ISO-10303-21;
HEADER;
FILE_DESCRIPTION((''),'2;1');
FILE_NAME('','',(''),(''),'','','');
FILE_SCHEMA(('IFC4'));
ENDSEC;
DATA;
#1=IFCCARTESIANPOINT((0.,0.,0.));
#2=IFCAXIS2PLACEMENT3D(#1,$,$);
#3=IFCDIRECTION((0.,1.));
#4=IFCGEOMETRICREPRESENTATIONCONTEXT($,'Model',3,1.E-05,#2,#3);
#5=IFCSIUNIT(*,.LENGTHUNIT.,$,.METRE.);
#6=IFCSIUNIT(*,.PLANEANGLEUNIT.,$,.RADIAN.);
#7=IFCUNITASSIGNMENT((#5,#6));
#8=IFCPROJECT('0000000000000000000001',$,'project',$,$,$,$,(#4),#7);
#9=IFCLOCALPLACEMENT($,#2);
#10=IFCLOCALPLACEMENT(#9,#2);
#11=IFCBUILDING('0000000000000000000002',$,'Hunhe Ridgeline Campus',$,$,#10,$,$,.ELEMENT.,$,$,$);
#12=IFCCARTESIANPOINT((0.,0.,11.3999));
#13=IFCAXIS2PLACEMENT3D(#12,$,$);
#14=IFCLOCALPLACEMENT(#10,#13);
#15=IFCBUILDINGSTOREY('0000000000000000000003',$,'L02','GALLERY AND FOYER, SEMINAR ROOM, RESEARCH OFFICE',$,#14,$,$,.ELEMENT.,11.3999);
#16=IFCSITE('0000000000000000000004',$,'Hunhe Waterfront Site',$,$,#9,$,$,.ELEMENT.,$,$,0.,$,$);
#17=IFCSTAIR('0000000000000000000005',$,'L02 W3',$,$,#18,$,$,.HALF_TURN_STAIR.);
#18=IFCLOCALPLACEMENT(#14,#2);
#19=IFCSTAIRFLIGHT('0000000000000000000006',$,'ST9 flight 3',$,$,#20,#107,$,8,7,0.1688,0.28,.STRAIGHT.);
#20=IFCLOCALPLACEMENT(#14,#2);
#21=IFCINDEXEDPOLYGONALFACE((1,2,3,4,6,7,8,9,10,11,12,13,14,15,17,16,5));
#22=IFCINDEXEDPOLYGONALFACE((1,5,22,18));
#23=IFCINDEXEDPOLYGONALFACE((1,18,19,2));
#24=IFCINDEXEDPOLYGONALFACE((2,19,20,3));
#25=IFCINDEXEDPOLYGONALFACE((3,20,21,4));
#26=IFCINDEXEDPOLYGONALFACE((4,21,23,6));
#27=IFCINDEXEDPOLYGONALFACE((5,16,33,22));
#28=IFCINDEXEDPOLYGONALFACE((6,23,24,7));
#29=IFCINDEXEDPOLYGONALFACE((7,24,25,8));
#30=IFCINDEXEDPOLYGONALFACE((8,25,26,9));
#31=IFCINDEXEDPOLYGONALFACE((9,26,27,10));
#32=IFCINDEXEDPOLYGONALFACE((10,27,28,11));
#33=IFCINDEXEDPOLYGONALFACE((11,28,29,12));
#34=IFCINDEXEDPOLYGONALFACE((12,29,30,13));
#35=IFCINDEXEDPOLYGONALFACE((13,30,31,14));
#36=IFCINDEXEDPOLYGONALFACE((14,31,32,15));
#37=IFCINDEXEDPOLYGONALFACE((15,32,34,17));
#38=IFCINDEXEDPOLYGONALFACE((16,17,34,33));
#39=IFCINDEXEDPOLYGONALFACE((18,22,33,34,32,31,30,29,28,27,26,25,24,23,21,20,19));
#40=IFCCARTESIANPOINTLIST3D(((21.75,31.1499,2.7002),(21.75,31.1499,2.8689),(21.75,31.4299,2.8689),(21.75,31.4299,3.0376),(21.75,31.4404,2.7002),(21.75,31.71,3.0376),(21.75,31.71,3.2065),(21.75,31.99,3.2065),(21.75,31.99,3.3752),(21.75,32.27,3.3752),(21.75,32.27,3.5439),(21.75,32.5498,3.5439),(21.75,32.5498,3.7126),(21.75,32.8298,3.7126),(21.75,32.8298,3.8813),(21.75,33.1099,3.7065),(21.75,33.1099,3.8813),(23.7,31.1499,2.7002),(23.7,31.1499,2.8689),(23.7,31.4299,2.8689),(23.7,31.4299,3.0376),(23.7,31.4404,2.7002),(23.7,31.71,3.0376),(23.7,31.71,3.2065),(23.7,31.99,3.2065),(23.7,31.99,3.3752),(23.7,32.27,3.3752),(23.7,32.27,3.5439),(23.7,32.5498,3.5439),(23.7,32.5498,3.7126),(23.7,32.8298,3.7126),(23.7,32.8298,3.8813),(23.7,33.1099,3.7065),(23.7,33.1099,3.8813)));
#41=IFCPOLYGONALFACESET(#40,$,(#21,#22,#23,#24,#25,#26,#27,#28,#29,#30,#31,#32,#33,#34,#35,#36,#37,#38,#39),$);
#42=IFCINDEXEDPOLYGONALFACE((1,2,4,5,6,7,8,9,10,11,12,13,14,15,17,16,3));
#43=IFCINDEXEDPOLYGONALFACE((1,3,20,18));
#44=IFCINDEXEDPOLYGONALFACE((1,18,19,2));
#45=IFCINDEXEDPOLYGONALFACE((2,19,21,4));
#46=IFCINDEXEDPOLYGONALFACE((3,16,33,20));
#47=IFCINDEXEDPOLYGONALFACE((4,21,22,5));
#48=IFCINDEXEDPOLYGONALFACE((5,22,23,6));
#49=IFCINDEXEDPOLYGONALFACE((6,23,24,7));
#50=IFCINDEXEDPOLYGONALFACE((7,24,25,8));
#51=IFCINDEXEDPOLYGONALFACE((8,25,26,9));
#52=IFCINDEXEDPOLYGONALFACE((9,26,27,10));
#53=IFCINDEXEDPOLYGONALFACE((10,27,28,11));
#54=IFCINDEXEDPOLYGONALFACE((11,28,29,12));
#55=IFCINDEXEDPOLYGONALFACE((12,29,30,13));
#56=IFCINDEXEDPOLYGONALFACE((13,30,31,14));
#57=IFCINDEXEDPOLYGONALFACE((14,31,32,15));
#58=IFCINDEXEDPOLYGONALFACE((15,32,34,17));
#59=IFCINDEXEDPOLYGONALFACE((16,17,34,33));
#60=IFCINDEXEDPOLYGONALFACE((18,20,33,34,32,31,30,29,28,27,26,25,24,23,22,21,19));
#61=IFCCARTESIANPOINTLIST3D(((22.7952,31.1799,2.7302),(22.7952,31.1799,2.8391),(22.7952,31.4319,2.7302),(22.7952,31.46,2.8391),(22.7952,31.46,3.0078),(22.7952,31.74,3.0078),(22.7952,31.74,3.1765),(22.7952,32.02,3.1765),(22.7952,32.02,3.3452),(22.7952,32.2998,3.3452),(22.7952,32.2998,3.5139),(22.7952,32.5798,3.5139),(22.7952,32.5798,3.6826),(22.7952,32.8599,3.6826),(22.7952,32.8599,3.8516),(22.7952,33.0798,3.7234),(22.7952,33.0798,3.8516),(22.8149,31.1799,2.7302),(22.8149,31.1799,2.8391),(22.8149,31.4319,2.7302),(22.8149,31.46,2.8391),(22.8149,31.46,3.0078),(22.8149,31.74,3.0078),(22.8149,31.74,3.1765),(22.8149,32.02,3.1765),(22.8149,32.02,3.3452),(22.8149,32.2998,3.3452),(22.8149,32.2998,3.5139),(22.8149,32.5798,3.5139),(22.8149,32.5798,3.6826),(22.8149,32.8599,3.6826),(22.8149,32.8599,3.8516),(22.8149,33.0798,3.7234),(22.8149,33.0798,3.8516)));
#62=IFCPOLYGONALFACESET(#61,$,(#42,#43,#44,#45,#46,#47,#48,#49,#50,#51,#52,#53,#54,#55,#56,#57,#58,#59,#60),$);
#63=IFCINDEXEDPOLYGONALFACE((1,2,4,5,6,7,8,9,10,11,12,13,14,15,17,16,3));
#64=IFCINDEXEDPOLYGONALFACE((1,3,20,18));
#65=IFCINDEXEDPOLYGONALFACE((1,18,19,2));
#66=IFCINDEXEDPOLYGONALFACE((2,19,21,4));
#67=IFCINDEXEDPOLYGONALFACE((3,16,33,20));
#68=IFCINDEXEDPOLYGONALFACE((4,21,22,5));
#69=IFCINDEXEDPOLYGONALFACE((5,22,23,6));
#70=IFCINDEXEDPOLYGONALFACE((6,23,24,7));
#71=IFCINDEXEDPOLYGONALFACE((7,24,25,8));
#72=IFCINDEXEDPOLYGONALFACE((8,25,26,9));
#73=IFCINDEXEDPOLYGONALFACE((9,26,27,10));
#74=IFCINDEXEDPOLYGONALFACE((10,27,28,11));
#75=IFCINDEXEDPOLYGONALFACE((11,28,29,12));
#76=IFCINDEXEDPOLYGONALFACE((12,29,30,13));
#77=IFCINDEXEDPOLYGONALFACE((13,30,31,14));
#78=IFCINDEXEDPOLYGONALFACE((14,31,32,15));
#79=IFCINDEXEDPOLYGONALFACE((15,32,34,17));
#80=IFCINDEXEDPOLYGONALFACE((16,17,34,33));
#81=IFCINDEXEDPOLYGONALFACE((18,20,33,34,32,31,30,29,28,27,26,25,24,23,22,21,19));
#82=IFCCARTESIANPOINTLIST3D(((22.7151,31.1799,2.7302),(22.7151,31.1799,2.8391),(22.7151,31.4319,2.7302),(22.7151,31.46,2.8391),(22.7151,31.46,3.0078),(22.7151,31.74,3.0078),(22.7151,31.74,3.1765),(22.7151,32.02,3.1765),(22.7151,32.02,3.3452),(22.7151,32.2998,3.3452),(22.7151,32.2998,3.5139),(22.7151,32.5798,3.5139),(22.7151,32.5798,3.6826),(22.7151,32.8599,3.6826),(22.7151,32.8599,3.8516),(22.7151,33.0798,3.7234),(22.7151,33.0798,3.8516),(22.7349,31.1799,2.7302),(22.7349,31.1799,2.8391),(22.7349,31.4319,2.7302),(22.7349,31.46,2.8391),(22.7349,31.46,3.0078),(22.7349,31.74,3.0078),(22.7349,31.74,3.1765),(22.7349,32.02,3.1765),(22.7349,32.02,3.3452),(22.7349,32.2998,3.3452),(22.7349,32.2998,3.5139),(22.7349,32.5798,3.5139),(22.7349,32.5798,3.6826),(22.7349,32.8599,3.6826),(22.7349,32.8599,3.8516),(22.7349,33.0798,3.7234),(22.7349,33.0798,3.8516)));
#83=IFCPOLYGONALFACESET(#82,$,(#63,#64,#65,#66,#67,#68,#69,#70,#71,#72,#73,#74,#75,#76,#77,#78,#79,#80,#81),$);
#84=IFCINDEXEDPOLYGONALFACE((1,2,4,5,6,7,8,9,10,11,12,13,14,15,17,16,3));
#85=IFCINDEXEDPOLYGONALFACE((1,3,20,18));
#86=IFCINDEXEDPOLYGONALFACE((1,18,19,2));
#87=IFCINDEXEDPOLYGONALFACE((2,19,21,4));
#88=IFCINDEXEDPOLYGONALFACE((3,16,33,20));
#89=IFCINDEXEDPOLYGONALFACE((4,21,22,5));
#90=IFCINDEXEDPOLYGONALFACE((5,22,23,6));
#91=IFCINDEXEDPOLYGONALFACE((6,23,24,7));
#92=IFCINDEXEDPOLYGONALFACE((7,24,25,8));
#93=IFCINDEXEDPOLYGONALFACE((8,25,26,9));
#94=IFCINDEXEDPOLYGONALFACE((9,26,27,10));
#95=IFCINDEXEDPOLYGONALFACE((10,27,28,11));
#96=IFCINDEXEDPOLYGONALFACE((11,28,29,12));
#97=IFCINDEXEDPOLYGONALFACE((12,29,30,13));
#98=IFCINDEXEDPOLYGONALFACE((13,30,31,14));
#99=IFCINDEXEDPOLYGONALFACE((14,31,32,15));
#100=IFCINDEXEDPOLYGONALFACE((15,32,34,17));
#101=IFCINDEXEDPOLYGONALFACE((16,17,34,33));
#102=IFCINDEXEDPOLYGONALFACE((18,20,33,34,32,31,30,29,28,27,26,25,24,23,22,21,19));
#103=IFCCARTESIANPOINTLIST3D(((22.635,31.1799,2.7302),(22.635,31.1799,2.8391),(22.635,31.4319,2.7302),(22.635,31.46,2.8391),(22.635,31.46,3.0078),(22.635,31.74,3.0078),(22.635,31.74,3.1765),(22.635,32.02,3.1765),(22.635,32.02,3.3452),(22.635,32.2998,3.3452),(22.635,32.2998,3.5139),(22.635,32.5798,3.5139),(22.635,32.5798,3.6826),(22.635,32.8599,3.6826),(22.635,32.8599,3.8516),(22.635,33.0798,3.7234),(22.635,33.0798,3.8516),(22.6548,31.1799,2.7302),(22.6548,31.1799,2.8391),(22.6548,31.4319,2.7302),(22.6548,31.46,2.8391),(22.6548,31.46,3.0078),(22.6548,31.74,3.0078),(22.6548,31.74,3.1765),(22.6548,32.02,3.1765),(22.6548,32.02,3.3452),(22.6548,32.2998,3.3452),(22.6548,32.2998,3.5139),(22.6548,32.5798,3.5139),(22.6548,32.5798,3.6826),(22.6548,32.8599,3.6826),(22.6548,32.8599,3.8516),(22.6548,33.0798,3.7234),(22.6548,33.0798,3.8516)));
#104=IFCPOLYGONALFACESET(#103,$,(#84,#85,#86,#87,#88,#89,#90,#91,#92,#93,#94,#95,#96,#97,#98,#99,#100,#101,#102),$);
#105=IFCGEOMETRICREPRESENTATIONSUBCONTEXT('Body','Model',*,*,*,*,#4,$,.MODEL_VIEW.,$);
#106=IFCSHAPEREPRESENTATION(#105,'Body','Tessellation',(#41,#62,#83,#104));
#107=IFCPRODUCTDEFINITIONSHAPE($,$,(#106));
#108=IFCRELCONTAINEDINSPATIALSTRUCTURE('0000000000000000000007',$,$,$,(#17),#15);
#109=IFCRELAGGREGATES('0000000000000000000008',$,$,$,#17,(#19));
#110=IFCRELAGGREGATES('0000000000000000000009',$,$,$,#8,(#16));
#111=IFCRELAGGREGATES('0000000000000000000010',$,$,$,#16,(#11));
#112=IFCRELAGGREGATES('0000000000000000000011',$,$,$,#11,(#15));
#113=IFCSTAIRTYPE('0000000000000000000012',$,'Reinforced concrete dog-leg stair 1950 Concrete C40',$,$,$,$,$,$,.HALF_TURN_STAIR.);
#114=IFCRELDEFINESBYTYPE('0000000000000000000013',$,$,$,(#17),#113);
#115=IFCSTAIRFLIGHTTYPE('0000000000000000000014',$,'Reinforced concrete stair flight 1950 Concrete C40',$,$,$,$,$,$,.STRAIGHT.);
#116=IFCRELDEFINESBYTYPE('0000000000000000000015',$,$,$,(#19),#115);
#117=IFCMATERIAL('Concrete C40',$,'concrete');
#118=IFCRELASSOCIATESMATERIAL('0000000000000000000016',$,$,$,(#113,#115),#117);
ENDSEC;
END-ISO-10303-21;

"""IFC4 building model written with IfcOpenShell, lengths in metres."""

from ifc_helpers import new_model, si_unit, direction, frame, origin, place, context, subcontext, project, spatial, polyline, outline, extrude, material, type_object, element, aggregate, save


model = new_model("IFC4")

# Units and contexts
model_context = context("Model", 3, precision=1e-05, world=origin(), true_north=direction((0.0, 1.0)))
body_context = subcontext(model_context, "Body", "Model", "MODEL_VIEW")
ifc_project = project(units=[si_unit("LENGTHUNIT", "METRE"), si_unit("PLANEANGLEUNIT", "RADIAN")], contexts=[model_context])

# Site, building, storey
site_placement = place(None, origin())
site = spatial("IfcSite", under=ifc_project, at=site_placement, Name="Hunhe Waterfront Site", CompositionType="ELEMENT", RefElevation=0.0)
building_placement = place(site_placement, origin())
building = spatial("IfcBuilding", under=site, at=building_placement, Name="Hunhe Ridgeline Campus", CompositionType="ELEMENT")
storey_placement = place(building_placement, frame((0.0, 0.0, 11.3999)))
storey = spatial("IfcBuildingStorey", under=building, at=storey_placement, Name="L02", Description="GALLERY AND FOYER, SEMINAR ROOM, RESEARCH OFFICE", CompositionType="ELEMENT", Elevation=11.3999)

# Shared definitions
ifc_material_1 = material(Name="Concrete C40", Category="concrete")
stair_type = type_object("IfcStairType", Name="Reinforced concrete dog-leg stair 1950 Concrete C40", PredefinedType="HALF_TURN_STAIR", material=ifc_material_1)
stair_flight_type = type_object("IfcStairFlightType", Name="Reinforced concrete stair flight 1950 Concrete C40", PredefinedType="STRAIGHT", material=ifc_material_1)

# Stair, stair flight
stair_1_placement = place(storey_placement, origin())
stair_1 = element("IfcStair", 1, at=stair_1_placement, inside=storey, type_object=stair_type, Name="L02 W3", PredefinedType="HALF_TURN_STAIR")
stair_flight_1_placement = place(storey_placement, frame((22.7251, 31.1499, 2.7002), z_axis=(0.0, 0.0, 1.0), x_axis=(0.0, 1.0, 0.0)))
stair_flight_1 = element("IfcStairFlight", 2, at=stair_flight_1_placement, type_object=stair_flight_type, Name="ST9 flight 3", NumberOfRisers=8, NumberOfTreads=7, PredefinedType="STRAIGHT", RiserHeight=0.1688, TreadLength=0.28, context=body_context, shape_type="SweptSolid", body=[
    extrude(outline(polyline([(0.0, 0.0), (0.0, 0.1687), (0.28, 0.1687), (0.28, 0.3374), (0.5601, 0.3374), (0.5601, 0.5063), (0.8401, 0.5063), (0.8401, 0.675), (1.1201, 0.675), (1.1201, 0.8438), (1.3999, 0.8438), (1.3999, 1.0125), (1.6799, 1.0125), (1.6799, 1.1812), (1.96, 1.1812), (1.96, 1.3501), (1.96, 1.0063), (0.2905, 0.0), (0.0, 0.0)])), frame((0.0, 0.9751, 0.0), z_axis=(0.0, -1.0, 0.0), x_axis=(1.0, 0.0, 0.0)), (0.0, 0.0, 1.0), 1.95),
    extrude(outline(polyline([(0.03, 0.03), (0.03, 0.1389), (0.3101, 0.1389), (0.3101, 0.3076), (0.5901, 0.3076), (0.5901, 0.4763), (0.8701, 0.4763), (0.8701, 0.645), (1.1499, 0.645), (1.1499, 0.8137), (1.4299, 0.8137), (1.4299, 0.9824), (1.71, 0.9824), (1.71, 1.1514), (1.9299, 1.1514), (1.9299, 1.0232), (0.282, 0.03), (0.03, 0.03)])), frame((0.0, -0.0701, 0.0), z_axis=(0.0, -1.0, 0.0), x_axis=(1.0, 0.0, 0.0)), (0.0, 0.0, 1.0), 0.0198),
    extrude(outline(polyline([(0.03, 0.03), (0.03, 0.1389), (0.3101, 0.1389), (0.3101, 0.3076), (0.5901, 0.3076), (0.5901, 0.4763), (0.8701, 0.4763), (0.8701, 0.645), (1.1499, 0.645), (1.1499, 0.8137), (1.4299, 0.8137), (1.4299, 0.9824), (1.71, 0.9824), (1.71, 1.1514), (1.9299, 1.1514), (1.9299, 1.0232), (0.282, 0.03), (0.03, 0.03)])), frame((0.0, 0.01, 0.0), z_axis=(0.0, -1.0, 0.0), x_axis=(1.0, 0.0, 0.0)), (0.0, 0.0, 1.0), 0.0198),
    extrude(outline(polyline([(0.03, 0.03), (0.03, 0.1389), (0.3101, 0.1389), (0.3101, 0.3076), (0.5901, 0.3076), (0.5901, 0.4763), (0.8701, 0.4763), (0.8701, 0.645), (1.1499, 0.645), (1.1499, 0.8137), (1.4299, 0.8137), (1.4299, 0.9824), (1.71, 0.9824), (1.71, 1.1514), (1.9299, 1.1514), (1.9299, 1.0232), (0.282, 0.03), (0.03, 0.03)])), frame((0.0, 0.0901, 0.0), z_axis=(0.0, -1.0, 0.0), x_axis=(1.0, 0.0, 0.0)), (0.0, 0.0, 1.0), 0.0198),
])
aggregate(stair_1, [stair_flight_1])

save(model, "model.ifc")
